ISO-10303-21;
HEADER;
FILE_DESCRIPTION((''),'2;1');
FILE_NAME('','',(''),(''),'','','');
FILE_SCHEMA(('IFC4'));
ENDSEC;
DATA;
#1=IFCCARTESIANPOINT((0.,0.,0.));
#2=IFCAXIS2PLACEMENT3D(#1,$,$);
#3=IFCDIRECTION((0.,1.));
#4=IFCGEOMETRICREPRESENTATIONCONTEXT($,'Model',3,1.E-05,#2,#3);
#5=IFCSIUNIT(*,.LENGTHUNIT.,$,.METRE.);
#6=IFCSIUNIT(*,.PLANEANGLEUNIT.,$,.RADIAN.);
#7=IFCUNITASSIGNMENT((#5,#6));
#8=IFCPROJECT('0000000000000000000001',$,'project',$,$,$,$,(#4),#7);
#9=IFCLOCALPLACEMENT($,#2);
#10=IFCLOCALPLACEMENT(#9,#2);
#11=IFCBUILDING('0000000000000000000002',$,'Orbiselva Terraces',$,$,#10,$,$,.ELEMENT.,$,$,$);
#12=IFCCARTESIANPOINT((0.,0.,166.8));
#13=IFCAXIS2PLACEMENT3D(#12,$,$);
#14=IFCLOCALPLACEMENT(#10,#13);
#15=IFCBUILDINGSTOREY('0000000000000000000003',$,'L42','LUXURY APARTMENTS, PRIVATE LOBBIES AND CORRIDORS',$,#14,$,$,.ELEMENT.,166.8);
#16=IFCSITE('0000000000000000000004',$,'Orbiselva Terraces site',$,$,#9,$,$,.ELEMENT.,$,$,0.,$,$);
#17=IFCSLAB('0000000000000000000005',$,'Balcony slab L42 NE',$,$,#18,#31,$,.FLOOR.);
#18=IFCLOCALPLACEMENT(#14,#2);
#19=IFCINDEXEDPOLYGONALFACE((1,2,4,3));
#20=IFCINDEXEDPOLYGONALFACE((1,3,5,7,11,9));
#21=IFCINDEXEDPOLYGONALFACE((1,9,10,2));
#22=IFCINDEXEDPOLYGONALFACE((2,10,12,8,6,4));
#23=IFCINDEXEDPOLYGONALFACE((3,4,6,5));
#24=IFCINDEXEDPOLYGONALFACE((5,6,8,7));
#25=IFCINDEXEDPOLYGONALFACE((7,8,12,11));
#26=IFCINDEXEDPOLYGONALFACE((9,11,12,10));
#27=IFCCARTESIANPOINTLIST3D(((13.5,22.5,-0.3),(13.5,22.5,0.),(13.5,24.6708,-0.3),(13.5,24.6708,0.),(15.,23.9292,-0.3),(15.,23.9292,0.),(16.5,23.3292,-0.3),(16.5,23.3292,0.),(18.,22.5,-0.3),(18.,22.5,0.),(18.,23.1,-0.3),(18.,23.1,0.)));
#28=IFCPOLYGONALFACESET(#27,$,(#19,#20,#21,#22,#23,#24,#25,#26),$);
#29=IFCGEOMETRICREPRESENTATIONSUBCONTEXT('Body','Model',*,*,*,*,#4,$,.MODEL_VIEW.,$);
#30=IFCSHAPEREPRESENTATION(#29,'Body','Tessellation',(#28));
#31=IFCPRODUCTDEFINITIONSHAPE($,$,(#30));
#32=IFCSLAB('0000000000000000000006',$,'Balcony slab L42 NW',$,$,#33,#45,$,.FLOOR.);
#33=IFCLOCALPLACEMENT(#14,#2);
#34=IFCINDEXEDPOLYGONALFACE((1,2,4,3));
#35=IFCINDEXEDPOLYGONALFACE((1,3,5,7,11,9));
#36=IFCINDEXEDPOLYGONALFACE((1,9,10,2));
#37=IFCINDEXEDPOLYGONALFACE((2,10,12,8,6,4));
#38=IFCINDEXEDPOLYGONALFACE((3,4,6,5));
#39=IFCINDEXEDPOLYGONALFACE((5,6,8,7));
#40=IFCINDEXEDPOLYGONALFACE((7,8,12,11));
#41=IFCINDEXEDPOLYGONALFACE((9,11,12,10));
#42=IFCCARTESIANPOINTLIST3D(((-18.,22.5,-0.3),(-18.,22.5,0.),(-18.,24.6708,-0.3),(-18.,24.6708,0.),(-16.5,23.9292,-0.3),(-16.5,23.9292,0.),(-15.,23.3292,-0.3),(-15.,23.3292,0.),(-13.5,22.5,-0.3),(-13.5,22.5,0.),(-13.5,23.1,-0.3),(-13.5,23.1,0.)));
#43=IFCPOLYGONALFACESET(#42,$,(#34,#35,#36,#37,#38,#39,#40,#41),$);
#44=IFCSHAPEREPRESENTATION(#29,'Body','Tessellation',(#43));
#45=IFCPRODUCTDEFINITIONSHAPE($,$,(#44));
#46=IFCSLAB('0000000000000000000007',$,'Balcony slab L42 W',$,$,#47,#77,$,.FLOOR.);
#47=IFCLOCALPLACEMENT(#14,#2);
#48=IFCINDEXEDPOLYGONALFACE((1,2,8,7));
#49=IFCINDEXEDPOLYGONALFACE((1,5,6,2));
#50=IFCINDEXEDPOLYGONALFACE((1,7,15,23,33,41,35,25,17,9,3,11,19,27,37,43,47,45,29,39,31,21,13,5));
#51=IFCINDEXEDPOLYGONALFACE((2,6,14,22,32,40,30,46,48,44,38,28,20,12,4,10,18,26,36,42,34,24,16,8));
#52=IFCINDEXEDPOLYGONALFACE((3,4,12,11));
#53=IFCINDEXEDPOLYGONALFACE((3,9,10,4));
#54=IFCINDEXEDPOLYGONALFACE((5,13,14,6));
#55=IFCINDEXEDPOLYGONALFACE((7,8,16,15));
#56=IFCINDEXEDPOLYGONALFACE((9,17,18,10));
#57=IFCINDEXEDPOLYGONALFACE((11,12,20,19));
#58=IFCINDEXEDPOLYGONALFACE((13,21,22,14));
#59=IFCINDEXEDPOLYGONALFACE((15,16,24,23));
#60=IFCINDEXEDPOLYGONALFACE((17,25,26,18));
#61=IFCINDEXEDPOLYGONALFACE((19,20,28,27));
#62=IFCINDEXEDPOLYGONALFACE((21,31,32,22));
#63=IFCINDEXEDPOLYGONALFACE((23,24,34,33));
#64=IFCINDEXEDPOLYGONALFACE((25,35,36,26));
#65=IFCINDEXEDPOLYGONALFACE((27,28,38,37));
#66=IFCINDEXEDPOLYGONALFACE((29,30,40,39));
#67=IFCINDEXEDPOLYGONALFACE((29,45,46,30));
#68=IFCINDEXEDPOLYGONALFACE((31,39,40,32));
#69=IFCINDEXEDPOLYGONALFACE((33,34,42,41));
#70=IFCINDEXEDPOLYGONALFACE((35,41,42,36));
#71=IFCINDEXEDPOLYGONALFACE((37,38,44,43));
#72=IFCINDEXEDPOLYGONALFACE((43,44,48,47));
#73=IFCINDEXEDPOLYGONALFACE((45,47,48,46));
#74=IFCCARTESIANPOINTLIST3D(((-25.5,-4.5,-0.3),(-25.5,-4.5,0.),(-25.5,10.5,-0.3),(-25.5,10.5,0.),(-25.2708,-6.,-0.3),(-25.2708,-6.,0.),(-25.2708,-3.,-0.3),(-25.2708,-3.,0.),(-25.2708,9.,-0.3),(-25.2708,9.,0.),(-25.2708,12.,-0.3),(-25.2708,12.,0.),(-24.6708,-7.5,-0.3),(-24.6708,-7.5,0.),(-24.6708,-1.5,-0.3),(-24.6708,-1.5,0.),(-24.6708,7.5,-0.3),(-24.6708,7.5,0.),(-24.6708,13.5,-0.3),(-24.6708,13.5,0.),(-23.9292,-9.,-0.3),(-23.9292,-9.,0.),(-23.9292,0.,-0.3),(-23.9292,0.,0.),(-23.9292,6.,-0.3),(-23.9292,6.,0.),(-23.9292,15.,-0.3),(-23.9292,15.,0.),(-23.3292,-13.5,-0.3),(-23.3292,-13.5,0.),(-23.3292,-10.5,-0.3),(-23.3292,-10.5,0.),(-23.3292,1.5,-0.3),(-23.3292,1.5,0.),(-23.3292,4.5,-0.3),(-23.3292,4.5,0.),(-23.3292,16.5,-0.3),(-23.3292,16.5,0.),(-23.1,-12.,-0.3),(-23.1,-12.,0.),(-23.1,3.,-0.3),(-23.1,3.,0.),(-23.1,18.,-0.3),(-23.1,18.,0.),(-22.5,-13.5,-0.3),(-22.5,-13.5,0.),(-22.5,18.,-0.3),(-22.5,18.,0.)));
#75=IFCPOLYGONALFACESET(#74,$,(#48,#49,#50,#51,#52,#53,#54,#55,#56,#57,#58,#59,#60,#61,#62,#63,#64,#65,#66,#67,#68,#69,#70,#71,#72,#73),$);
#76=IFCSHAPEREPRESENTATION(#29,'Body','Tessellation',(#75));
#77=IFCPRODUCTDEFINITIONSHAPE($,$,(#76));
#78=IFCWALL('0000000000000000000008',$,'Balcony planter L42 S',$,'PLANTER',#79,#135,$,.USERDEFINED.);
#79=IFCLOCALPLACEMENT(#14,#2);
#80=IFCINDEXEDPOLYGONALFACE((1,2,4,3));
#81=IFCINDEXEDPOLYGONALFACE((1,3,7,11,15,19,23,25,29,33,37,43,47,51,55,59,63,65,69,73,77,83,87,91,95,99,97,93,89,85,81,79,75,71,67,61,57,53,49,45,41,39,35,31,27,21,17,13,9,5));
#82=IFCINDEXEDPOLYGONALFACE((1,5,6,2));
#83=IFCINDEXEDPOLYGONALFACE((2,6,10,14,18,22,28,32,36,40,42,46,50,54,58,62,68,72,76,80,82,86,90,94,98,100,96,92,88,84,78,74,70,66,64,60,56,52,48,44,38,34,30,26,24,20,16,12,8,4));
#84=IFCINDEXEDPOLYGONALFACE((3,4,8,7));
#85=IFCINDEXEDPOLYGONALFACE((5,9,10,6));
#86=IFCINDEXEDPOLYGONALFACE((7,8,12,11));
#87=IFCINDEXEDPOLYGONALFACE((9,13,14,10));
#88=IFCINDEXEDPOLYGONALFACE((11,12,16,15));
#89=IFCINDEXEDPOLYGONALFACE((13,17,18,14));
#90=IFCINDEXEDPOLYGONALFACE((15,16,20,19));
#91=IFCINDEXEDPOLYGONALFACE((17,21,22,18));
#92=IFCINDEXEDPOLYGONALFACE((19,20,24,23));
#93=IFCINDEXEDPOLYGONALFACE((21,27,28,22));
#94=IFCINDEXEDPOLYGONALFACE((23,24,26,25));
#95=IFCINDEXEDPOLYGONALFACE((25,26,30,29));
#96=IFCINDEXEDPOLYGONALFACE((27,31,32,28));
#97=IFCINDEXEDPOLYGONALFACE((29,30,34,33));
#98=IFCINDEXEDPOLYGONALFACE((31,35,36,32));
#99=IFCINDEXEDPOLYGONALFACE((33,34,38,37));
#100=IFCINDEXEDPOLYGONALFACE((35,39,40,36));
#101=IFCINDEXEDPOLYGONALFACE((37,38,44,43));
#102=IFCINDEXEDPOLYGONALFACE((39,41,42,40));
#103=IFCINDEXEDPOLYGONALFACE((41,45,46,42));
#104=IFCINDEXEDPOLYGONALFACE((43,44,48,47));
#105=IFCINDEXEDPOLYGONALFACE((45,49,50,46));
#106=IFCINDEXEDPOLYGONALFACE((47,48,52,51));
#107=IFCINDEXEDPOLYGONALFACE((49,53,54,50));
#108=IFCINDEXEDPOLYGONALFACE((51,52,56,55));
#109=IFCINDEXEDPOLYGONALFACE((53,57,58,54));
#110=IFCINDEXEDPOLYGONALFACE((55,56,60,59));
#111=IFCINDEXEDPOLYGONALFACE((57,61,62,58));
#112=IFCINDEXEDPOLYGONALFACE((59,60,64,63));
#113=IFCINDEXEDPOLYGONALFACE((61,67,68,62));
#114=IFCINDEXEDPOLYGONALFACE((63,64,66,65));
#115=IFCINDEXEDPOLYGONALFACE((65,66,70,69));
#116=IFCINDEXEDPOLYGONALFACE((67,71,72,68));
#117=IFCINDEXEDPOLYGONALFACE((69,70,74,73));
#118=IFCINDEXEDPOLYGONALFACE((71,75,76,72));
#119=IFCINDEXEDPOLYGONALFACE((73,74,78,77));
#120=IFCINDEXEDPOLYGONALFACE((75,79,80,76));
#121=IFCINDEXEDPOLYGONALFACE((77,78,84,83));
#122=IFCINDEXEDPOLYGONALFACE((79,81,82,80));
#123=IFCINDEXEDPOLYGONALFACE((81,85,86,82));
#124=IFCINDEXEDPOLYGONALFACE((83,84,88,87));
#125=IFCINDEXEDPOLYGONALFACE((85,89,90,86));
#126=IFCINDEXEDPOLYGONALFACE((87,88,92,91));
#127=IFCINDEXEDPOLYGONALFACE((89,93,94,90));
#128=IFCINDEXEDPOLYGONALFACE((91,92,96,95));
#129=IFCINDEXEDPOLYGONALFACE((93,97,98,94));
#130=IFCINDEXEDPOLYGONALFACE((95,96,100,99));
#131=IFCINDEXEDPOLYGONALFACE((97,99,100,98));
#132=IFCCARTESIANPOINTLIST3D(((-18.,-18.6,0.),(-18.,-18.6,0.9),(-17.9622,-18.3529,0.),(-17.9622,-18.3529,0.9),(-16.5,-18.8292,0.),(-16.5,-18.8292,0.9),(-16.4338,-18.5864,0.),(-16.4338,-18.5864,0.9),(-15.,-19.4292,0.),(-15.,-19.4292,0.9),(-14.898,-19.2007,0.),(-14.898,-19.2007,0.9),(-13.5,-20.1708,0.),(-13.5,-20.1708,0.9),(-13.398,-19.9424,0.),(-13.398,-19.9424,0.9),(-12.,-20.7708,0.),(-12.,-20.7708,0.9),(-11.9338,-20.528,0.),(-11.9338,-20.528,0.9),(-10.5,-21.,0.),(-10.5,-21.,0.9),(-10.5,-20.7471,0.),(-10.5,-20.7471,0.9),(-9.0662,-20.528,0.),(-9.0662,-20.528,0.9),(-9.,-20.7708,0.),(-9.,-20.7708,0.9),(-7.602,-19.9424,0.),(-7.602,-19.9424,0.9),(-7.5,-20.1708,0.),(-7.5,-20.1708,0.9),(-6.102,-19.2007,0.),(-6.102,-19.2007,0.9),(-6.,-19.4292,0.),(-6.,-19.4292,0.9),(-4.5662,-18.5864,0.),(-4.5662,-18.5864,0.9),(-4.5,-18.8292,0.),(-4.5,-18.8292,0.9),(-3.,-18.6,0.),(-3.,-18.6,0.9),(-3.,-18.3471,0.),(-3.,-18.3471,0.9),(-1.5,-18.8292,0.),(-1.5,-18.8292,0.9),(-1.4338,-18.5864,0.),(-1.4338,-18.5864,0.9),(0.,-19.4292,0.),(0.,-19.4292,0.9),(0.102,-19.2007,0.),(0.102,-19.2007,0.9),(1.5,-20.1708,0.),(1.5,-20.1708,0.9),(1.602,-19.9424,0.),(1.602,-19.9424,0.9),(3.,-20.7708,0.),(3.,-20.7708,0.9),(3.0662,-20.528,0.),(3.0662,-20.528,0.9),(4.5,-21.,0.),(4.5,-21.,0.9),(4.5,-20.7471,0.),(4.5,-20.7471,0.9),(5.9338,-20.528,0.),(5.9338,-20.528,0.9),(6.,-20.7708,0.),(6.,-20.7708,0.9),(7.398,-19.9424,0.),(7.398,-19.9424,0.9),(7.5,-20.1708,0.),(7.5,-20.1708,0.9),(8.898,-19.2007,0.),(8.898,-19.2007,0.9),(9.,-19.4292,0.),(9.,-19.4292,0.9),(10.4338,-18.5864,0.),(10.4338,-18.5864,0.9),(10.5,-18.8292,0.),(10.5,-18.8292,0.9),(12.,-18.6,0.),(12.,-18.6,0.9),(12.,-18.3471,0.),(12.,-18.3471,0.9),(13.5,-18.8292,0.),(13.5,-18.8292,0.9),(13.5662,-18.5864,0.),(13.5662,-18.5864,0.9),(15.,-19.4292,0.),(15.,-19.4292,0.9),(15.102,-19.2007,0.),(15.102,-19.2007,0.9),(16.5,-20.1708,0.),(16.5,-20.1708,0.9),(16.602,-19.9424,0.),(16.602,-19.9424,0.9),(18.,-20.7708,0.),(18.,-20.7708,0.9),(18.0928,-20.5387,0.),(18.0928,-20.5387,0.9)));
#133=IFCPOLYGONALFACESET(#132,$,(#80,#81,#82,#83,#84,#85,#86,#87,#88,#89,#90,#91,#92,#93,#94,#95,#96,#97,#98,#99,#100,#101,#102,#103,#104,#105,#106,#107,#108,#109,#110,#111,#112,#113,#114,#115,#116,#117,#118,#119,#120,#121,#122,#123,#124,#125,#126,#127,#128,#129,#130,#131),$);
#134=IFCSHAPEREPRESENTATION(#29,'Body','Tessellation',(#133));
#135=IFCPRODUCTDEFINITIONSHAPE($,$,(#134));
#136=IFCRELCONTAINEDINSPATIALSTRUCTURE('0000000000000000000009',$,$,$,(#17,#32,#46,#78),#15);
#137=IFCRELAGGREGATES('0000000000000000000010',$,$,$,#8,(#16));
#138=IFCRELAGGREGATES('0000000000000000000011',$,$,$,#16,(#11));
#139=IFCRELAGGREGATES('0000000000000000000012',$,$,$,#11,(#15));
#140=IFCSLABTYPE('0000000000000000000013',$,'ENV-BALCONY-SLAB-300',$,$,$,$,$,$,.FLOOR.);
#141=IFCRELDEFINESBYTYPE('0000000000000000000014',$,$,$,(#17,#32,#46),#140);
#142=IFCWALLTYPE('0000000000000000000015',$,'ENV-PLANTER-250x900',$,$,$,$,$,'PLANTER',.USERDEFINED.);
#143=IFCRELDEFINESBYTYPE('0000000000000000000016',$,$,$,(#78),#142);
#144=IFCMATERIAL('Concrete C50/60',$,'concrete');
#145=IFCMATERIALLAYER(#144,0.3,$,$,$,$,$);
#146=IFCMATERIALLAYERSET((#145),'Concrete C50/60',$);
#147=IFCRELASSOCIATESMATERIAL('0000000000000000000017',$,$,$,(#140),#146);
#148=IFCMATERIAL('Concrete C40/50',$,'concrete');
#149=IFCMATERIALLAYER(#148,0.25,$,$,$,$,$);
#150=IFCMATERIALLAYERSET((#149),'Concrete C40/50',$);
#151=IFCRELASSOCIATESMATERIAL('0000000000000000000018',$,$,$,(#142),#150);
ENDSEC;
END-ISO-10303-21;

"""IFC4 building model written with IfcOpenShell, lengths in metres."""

from ifc_helpers import new_model, si_unit, direction, frame, origin, place, context, subcontext, project, spatial, polyline, outline, extrude, material, layer, layer_set, type_object, element, save


model = new_model("IFC4")

# Units and contexts
model_context = context("Model", 3, precision=1e-05, world=origin(), true_north=direction((0.0, 1.0)))
body_context = subcontext(model_context, "Body", "Model", "MODEL_VIEW")
ifc_project = project(units=[si_unit("LENGTHUNIT", "METRE"), si_unit("PLANEANGLEUNIT", "RADIAN")], contexts=[model_context])

# Site, building, storey
site_placement = place(None, origin())
site = spatial("IfcSite", under=ifc_project, at=site_placement, Name="Orbiselva Terraces site", CompositionType="ELEMENT", RefElevation=0.0)
building_placement = place(site_placement, origin())
building = spatial("IfcBuilding", under=site, at=building_placement, Name="Orbiselva Terraces", CompositionType="ELEMENT")
storey_placement = place(building_placement, frame((0.0, 0.0, 166.8)))
storey = spatial("IfcBuildingStorey", under=building, at=storey_placement, Name="L42", Description="LUXURY APARTMENTS, PRIVATE LOBBIES AND CORRIDORS", CompositionType="ELEMENT", Elevation=166.8)

# Slabs
ifc_material_1 = material(Name="Concrete C40/50", Category="concrete")
ifc_material_2 = material(Name="Concrete C50/60", Category="concrete")
ifc_layer_1 = layer(ifc_material_2, 0.3)
ifc_layer_set_1 = layer_set([ifc_layer_1], Name="Concrete C50/60")
slab_type_1 = type_object("IfcSlabType", Name="ENV-BALCONY-SLAB-300", PredefinedType="FLOOR", material=ifc_layer_set_1)
slab_1_placement = place(storey_placement, frame((0.0, 0.0, -0.3)))
element("IfcSlab", 1, at=slab_1_placement, inside=storey, type_object=slab_type_1, Name="Balcony slab L42 NE", PredefinedType="FLOOR", context=body_context, shape_type="SweptSolid", body=[
    extrude(outline(polyline([(18.0, 23.1), (16.5, 23.3292), (15.0, 23.9292), (13.5, 24.6708), (13.5, 22.5), (18.0, 22.5), (18.0, 23.1)])), origin(), (0.0, 0.0, 1.0), 0.3),
])
slab_2_placement = place(storey_placement, frame((0.0, 0.0, -0.3)))
element("IfcSlab", 2, at=slab_2_placement, inside=storey, type_object=slab_type_1, Name="Balcony slab L42 NW", PredefinedType="FLOOR", context=body_context, shape_type="SweptSolid", body=[
    extrude(outline(polyline([(-13.5, 23.1), (-15.0, 23.3292), (-16.5, 23.9292), (-18.0, 24.6708), (-18.0, 22.5), (-13.5, 22.5), (-13.5, 23.1)])), origin(), (0.0, 0.0, 1.0), 0.3),
])
slab_3_placement = place(storey_placement, frame((0.0, 0.0, -0.3)))
element("IfcSlab", 3, at=slab_3_placement, inside=storey, type_object=slab_type_1, Name="Balcony slab L42 W", PredefinedType="FLOOR", context=body_context, shape_type="SweptSolid", body=[
    extrude(outline(polyline([(-23.1, 18.0), (-23.3292, 16.5), (-23.9292, 15.0), (-24.6708, 13.5), (-25.2708, 12.0), (-25.5, 10.5), (-25.2708, 9.0), (-24.6708, 7.5), (-23.9292, 6.0), (-23.3292, 4.5), (-23.1, 3.0), (-23.3292, 1.5), (-23.9292, 0.0), (-24.6708, -1.5), (-25.2708, -3.0), (-25.5, -4.5), (-25.2708, -6.0), (-24.6708, -7.5), (-23.9292, -9.0), (-23.3292, -10.5), (-23.1, -12.0), (-23.3292, -13.5), (-22.5, -13.5), (-22.5, 18.0), (-23.1, 18.0)])), origin(), (0.0, 0.0, 1.0), 0.3),
])

# Wall
ifc_layer_2 = layer(ifc_material_1, 0.25)
ifc_layer_set_2 = layer_set([ifc_layer_2], Name="Concrete C40/50")
wall_type = type_object("IfcWallType", Name="ENV-PLANTER-250x900", ElementType="PLANTER", PredefinedType="USERDEFINED", material=ifc_layer_set_2)
wall_1_placement = place(storey_placement, origin())
element("IfcWall", 4, at=wall_1_placement, inside=storey, type_object=wall_type, Name="Balcony planter L42 S", ObjectType="PLANTER", PredefinedType="USERDEFINED", context=body_context, shape_type="SweptSolid", body=[
    extrude(outline(polyline([(-18.0, -18.6), (-16.5, -18.8292), (-15.0, -19.4292), (-13.5, -20.1708), (-12.0, -20.7708), (-10.5, -21.0), (-9.0, -20.7708), (-7.5, -20.1708), (-6.0, -19.4292), (-4.5, -18.8292), (-3.0, -18.6), (-1.5, -18.8292), (0.0, -19.4292), (1.5, -20.1708), (3.0, -20.7708), (4.5, -21.0), (6.0, -20.7708), (7.5, -20.1708), (9.0, -19.4292), (10.5, -18.8292), (12.0, -18.6), (13.5, -18.8292), (15.0, -19.4292), (16.5, -20.1708), (18.0, -20.7708), (18.0928, -20.5387), (16.602, -19.9424), (15.102, -19.2007), (13.5662, -18.5864), (12.0, -18.3471), (10.4338, -18.5864), (8.898, -19.2007), (7.398, -19.9424), (5.9338, -20.528), (4.5, -20.7471), (3.0662, -20.528), (1.602, -19.9424), (0.102, -19.2007), (-1.4338, -18.5864), (-3.0, -18.3471), (-4.5662, -18.5864), (-6.102, -19.2007), (-7.602, -19.9424), (-9.0662, -20.528), (-10.5, -20.7471), (-11.9338, -20.528), (-13.398, -19.9424), (-14.898, -19.2007), (-16.4338, -18.5864), (-17.9622, -18.3529), (-18.0, -18.6)])), origin(), (0.0, 0.0, 1.0), 0.9),
])

save(model, "model.ifc")
